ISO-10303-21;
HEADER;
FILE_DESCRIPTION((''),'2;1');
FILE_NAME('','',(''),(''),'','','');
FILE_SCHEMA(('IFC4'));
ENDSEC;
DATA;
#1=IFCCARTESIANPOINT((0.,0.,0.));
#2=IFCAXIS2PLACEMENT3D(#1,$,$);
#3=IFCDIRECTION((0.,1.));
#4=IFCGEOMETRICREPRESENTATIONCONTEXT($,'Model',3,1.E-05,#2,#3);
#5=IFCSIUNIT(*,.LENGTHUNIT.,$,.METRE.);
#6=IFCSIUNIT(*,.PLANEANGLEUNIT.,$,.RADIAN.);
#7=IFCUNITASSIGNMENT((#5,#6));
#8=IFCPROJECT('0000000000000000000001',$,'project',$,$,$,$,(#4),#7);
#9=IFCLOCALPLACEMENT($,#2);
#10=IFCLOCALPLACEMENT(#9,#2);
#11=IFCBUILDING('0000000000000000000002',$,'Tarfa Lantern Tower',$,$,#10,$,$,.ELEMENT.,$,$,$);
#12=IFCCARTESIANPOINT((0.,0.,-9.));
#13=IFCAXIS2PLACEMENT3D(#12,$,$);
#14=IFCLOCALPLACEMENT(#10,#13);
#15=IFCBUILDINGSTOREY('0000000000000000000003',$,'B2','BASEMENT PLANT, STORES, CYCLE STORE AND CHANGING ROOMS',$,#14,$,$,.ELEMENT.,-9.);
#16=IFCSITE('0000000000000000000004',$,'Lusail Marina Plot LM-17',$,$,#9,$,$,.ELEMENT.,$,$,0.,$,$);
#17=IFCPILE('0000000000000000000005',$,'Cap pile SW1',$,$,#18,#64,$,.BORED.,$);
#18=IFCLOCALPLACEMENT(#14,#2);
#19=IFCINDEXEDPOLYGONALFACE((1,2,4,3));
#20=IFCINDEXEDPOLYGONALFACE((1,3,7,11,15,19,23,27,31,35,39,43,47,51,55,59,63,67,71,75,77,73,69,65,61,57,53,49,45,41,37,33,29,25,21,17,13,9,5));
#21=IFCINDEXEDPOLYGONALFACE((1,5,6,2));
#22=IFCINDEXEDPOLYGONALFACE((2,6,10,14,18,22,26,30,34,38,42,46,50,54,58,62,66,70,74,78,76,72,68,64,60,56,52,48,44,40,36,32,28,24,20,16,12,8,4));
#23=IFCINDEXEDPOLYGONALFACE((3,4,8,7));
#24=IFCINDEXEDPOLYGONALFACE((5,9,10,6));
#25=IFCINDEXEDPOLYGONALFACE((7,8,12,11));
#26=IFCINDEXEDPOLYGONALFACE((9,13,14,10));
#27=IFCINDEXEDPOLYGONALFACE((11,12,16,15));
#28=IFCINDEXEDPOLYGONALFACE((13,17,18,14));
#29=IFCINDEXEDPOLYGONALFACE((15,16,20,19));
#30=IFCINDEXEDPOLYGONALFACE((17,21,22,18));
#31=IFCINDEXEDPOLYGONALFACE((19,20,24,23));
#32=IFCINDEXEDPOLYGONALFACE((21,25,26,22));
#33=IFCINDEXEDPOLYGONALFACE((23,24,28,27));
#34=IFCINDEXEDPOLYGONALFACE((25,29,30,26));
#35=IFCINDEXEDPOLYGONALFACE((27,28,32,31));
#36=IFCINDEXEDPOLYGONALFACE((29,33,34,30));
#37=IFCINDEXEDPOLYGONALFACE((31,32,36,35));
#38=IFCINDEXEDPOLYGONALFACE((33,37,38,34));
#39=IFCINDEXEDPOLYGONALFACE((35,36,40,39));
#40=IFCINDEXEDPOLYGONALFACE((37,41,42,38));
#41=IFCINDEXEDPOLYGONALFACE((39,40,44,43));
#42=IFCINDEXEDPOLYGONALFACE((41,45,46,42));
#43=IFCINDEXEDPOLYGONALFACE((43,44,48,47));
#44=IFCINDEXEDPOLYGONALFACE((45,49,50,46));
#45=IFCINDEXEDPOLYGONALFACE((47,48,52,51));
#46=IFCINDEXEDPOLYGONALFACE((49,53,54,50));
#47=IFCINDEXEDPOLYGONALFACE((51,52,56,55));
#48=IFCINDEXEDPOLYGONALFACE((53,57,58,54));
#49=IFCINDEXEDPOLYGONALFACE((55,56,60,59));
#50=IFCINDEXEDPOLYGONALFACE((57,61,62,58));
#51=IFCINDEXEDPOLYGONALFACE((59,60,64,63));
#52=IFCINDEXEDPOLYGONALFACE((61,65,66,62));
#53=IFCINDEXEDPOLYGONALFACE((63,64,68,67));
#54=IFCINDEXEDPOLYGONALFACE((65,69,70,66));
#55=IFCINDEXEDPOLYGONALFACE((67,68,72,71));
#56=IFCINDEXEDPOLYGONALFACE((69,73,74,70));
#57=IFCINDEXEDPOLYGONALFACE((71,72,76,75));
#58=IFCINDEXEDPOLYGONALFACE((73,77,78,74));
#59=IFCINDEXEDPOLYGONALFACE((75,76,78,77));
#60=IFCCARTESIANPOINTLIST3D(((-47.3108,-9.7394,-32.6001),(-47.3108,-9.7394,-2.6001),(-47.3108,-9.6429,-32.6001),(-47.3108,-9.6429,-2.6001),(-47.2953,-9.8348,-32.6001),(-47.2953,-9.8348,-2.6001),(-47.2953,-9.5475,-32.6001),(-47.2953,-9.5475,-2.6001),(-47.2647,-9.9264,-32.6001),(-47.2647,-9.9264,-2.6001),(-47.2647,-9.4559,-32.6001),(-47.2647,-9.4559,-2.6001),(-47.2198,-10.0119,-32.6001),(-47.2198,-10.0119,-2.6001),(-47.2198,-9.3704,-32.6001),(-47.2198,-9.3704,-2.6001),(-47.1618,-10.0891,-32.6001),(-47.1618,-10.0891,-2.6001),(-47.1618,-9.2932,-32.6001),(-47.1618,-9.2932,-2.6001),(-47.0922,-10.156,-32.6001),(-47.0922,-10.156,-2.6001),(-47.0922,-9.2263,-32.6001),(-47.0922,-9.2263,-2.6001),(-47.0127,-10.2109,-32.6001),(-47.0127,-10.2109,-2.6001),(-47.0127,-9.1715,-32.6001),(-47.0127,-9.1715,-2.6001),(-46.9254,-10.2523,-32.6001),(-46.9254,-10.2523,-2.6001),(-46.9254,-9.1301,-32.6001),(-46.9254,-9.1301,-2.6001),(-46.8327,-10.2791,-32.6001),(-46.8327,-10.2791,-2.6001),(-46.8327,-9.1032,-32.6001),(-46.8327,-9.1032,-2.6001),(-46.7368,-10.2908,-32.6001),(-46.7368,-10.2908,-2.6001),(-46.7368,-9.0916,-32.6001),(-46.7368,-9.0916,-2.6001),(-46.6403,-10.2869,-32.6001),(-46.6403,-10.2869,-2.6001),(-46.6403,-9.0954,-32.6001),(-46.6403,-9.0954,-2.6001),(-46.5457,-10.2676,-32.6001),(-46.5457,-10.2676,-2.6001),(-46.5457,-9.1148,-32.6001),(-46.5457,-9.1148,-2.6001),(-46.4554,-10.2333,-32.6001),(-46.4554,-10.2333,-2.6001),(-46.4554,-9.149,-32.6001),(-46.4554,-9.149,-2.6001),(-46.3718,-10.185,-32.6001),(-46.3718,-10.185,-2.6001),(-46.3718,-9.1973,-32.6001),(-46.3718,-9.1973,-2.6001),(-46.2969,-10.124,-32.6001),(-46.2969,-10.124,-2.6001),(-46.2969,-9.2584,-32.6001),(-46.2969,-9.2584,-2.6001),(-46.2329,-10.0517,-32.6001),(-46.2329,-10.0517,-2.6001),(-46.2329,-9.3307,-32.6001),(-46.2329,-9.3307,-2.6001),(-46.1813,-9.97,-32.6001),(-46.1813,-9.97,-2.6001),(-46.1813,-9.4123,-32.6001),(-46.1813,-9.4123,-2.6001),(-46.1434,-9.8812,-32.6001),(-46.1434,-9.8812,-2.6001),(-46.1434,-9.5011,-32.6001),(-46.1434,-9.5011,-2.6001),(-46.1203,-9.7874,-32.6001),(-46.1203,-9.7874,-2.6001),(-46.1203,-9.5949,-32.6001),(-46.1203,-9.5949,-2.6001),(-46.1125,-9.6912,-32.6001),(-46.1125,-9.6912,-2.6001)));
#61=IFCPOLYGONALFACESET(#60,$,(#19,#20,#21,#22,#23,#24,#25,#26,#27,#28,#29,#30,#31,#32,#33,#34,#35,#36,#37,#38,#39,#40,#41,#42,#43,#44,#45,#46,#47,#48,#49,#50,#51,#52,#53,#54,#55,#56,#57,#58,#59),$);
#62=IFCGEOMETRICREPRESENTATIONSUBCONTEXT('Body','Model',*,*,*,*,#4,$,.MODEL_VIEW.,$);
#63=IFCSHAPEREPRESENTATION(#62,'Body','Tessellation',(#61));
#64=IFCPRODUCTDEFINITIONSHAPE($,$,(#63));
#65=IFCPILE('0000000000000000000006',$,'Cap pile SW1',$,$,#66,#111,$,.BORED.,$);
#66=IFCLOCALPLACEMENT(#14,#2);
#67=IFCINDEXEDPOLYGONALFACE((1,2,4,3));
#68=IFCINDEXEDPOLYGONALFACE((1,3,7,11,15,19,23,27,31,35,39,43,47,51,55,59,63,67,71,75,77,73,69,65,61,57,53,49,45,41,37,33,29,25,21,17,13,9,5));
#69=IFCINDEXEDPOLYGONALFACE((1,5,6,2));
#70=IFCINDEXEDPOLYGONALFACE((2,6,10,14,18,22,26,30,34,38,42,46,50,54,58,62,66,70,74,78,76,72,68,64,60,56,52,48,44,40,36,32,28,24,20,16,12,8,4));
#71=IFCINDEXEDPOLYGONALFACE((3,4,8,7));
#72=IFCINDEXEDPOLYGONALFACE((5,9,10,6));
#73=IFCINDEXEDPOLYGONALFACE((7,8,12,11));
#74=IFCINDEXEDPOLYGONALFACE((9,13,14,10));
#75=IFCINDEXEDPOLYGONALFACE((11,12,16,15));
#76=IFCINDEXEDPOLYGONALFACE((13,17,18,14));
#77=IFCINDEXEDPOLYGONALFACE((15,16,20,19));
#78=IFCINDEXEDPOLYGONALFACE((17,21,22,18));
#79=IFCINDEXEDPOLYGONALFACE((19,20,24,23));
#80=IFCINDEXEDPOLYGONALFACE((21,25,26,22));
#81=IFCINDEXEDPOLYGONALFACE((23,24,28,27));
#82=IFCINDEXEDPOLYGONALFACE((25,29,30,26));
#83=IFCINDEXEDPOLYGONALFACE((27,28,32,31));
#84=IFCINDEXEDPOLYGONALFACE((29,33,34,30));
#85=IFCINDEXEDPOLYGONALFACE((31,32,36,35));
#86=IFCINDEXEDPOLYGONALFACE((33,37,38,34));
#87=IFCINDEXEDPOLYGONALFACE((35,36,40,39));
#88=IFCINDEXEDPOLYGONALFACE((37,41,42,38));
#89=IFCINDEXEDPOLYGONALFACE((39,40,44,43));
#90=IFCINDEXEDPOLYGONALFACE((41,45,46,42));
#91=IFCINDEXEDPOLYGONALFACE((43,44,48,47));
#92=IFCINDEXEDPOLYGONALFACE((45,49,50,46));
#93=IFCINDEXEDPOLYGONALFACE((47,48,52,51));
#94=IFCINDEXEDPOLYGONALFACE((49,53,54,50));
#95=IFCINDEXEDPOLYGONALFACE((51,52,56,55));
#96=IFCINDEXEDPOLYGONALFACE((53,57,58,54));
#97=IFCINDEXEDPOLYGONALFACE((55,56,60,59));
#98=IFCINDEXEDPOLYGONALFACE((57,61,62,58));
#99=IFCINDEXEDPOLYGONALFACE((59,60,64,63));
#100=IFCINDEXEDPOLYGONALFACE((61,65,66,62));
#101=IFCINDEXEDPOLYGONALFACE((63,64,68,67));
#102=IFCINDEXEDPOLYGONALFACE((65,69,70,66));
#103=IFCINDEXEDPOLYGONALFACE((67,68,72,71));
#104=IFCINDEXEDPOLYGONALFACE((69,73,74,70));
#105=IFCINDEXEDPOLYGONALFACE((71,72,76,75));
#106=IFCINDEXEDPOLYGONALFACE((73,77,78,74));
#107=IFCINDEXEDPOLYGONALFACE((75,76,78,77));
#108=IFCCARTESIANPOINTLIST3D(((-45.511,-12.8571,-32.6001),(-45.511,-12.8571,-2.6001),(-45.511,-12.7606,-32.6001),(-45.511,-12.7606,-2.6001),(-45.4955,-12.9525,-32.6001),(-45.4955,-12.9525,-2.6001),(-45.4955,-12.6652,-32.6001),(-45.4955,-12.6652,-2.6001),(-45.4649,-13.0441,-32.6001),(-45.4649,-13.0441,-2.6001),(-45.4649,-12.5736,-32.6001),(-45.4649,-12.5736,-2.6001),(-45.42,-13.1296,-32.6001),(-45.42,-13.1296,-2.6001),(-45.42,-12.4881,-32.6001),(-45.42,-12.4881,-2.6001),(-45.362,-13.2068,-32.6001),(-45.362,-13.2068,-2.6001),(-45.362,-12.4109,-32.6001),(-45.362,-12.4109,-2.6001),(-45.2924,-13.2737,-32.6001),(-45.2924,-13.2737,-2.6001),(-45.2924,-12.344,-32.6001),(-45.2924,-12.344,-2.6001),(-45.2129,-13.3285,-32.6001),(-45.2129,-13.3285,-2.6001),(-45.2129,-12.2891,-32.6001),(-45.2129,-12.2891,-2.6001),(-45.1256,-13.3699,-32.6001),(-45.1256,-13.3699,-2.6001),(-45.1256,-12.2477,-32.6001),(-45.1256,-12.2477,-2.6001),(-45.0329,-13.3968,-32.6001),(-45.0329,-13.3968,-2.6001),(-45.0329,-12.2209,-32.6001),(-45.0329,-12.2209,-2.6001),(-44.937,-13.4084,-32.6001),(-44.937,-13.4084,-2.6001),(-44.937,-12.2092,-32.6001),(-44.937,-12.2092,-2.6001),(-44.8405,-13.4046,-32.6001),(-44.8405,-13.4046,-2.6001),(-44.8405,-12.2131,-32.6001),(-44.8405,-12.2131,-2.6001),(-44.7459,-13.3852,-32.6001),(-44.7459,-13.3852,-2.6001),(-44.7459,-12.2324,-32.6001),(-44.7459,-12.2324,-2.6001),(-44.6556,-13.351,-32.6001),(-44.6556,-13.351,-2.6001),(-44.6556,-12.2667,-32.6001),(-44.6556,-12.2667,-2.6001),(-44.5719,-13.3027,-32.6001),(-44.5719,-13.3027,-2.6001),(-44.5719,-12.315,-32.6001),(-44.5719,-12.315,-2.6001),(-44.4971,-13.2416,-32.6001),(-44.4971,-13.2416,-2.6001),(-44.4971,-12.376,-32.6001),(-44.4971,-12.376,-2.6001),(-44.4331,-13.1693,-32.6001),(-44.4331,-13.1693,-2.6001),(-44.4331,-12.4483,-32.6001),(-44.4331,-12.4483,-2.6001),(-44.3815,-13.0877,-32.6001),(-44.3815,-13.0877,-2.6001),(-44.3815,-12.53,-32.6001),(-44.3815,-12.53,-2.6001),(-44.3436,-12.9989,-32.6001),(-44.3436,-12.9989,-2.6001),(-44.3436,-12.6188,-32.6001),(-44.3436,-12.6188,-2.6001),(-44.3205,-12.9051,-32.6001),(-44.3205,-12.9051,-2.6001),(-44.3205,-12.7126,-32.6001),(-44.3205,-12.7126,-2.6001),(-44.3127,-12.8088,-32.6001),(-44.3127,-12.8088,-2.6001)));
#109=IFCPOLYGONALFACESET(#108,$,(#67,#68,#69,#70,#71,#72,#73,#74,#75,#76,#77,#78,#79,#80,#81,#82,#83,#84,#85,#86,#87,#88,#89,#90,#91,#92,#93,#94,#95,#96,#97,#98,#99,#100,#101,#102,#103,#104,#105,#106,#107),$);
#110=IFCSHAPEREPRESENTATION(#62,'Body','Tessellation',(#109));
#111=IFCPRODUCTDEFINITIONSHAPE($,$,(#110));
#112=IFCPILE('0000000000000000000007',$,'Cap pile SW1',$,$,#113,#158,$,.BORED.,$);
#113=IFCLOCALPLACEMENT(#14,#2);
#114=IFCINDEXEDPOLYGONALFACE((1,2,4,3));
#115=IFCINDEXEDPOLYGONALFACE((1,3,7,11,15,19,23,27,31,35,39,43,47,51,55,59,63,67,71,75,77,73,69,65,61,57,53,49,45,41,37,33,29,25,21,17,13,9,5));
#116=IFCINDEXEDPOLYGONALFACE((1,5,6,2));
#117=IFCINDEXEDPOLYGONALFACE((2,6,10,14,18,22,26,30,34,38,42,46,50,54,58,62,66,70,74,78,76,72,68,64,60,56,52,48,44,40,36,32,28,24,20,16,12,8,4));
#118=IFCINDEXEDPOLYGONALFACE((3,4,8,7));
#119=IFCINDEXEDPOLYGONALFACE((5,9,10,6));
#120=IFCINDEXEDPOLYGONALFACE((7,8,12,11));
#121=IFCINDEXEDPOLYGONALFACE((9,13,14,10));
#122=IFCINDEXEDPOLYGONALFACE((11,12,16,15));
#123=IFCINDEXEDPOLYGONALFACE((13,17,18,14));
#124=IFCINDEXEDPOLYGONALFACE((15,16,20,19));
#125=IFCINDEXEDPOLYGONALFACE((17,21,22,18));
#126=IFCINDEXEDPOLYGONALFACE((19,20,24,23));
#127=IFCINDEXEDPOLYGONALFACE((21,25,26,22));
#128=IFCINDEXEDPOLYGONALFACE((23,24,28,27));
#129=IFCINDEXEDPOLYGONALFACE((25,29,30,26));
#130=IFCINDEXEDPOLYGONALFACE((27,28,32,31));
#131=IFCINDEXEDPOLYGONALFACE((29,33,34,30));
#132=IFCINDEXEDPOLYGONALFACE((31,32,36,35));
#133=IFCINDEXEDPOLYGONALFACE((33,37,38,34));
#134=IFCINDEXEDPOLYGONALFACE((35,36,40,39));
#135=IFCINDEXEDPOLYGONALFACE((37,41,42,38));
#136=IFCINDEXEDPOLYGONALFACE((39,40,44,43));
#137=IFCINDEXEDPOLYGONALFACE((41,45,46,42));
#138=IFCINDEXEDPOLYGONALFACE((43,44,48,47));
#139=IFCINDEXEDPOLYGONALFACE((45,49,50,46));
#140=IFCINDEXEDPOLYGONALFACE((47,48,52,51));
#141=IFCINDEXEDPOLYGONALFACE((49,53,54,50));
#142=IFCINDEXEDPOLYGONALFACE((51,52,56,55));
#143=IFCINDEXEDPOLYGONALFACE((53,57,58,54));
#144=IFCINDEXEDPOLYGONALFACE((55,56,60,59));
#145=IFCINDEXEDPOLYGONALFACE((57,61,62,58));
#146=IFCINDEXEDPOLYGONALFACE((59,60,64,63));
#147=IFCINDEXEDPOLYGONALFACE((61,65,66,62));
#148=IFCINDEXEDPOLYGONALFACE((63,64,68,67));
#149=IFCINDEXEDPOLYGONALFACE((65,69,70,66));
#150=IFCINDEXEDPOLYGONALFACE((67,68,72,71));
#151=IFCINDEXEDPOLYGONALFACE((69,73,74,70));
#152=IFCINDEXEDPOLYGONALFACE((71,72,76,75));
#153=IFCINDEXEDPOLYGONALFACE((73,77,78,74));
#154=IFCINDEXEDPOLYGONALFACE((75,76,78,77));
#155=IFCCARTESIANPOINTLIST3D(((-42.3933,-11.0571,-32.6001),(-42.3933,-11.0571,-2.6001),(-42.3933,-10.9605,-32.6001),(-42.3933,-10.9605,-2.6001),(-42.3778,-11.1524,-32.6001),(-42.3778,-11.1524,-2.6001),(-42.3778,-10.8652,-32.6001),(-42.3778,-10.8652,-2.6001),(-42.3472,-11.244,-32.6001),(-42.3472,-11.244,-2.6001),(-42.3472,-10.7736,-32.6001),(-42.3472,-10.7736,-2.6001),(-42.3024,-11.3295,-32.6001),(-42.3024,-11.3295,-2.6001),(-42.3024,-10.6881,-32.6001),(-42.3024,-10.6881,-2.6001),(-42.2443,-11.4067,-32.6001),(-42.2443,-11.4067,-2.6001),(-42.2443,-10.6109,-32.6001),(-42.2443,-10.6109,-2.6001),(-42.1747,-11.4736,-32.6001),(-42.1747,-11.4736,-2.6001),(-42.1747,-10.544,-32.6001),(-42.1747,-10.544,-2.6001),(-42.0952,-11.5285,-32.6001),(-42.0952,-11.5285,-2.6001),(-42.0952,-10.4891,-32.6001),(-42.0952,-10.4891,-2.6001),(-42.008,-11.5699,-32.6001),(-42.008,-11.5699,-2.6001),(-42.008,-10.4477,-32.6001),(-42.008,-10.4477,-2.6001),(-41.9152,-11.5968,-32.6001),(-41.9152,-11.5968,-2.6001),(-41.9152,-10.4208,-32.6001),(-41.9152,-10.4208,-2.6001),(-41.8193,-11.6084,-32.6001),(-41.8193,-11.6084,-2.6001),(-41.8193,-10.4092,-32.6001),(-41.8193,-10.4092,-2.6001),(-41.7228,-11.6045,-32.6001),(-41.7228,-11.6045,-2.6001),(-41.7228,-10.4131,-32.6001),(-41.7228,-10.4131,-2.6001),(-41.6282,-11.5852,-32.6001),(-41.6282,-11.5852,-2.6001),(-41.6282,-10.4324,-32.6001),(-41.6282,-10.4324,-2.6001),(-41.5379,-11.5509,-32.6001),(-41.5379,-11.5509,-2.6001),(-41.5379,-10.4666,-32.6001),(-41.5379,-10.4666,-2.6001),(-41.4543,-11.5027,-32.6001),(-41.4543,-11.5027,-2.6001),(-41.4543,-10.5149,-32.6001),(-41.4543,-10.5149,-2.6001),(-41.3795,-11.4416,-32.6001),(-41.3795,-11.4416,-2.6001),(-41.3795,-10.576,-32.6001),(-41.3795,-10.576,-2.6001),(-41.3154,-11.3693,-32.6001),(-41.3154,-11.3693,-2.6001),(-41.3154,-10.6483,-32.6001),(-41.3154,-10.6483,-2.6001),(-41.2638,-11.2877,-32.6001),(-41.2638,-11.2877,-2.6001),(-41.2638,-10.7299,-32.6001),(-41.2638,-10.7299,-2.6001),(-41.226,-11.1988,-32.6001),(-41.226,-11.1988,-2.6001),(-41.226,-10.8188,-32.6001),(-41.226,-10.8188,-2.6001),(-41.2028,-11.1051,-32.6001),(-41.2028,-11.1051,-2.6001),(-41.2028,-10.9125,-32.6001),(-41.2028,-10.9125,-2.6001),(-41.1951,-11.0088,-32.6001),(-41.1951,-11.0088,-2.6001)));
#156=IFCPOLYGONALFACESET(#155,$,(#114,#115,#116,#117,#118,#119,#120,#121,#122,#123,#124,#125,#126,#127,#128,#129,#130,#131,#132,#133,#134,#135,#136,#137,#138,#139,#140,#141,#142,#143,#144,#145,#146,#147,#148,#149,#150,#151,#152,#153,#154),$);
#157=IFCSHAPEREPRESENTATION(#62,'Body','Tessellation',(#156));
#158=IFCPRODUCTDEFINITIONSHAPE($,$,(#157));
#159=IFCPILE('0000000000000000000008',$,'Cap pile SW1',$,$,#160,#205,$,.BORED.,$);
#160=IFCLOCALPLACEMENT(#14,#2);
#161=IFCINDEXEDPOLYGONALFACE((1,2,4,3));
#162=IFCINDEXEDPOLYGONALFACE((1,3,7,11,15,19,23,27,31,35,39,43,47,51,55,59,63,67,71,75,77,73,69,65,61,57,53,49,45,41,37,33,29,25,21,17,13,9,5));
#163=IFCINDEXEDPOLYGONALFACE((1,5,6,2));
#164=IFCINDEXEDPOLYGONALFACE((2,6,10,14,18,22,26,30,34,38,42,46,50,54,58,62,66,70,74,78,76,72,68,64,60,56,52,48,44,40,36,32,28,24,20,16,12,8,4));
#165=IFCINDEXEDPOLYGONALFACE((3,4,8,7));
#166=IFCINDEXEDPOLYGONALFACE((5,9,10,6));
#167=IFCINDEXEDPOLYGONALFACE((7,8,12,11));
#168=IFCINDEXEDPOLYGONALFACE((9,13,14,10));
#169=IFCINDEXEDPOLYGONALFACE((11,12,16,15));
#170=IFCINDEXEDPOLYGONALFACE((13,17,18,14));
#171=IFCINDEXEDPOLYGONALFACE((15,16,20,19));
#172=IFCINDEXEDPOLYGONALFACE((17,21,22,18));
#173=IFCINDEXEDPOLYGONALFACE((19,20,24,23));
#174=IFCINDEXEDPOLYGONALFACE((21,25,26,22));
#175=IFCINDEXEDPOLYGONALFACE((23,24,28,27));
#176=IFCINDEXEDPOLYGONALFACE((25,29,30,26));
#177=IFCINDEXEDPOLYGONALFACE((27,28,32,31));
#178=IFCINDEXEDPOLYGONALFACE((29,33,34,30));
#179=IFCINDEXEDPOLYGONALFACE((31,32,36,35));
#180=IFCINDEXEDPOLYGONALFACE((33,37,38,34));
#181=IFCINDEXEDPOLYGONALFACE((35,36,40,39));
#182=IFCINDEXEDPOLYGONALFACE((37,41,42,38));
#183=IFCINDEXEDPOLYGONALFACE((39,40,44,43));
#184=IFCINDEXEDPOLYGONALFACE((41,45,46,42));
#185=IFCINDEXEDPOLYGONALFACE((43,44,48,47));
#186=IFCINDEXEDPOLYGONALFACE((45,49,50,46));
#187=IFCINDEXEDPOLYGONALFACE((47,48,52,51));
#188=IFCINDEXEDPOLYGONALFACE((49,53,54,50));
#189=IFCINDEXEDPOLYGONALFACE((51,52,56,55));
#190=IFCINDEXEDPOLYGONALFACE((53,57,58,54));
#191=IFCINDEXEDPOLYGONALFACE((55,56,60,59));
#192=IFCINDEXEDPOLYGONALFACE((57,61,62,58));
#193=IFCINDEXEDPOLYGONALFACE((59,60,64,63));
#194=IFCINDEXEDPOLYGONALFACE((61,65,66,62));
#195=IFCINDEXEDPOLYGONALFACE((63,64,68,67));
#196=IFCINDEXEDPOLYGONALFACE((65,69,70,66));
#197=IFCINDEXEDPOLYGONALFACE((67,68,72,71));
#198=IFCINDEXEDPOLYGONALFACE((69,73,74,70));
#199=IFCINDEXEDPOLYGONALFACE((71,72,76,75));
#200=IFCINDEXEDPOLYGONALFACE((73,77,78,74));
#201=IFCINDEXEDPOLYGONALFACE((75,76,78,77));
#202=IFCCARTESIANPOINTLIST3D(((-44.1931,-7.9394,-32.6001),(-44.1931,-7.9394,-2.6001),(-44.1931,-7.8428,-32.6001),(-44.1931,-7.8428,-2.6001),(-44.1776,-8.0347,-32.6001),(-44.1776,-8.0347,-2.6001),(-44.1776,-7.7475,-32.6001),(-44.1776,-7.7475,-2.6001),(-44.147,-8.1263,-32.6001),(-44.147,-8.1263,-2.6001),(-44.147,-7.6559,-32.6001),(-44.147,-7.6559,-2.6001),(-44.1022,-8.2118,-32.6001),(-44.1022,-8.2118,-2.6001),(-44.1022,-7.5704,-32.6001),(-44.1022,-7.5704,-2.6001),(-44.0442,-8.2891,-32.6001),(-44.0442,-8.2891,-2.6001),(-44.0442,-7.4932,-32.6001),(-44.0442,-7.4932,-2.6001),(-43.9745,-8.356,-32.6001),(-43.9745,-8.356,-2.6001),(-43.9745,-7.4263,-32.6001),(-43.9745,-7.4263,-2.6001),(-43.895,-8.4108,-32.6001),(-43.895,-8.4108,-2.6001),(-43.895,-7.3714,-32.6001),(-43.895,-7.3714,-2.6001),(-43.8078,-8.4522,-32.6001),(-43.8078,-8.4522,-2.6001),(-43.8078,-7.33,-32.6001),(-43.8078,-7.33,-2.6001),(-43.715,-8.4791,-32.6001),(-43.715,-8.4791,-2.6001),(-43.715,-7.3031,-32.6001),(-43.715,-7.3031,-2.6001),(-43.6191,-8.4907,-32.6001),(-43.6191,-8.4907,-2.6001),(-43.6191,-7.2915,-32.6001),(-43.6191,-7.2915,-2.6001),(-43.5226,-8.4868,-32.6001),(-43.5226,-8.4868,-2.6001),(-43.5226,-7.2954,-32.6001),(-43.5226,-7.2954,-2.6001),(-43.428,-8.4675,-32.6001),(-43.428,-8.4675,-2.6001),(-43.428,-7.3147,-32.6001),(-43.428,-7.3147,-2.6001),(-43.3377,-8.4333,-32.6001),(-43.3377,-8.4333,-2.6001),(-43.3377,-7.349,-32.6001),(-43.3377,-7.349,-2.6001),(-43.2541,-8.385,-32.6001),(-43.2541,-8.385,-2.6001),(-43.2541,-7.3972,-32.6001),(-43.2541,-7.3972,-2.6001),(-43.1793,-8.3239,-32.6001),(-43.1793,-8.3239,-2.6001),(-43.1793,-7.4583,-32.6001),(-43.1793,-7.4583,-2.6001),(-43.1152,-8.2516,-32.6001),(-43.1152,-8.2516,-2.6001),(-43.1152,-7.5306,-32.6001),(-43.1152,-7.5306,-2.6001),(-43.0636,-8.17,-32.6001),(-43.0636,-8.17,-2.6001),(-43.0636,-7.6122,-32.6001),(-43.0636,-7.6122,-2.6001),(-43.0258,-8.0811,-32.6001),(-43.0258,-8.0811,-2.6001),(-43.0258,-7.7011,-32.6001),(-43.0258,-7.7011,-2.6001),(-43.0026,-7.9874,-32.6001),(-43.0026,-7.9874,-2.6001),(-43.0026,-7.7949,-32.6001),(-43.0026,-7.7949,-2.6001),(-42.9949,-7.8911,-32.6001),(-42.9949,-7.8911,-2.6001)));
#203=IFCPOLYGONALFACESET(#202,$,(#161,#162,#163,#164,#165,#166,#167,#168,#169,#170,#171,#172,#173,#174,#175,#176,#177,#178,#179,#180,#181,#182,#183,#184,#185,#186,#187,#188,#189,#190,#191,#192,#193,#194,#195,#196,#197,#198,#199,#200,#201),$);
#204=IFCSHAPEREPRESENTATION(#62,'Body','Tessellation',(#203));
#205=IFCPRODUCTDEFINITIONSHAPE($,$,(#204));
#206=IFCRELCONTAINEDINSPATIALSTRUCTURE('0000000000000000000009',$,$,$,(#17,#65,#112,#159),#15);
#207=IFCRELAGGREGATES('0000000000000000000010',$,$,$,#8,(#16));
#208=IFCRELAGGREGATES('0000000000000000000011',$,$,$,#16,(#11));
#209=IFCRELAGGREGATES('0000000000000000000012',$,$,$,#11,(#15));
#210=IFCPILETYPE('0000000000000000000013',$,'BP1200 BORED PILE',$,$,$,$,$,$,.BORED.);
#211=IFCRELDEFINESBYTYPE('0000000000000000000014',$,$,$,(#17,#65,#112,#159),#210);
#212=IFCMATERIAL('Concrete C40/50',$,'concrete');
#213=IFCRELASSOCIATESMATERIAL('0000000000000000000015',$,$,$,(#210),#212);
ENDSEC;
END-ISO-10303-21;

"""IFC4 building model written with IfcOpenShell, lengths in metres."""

from ifc_helpers import new_model, si_unit, direction, frame, origin, origin_2d, place, context, subcontext, project, spatial, circle, extrude, material, material_profile, profile_set, type_object, element, save


model = new_model("IFC4")

# Units and contexts
model_context = context("Model", 3, precision=1e-05, world=origin(), true_north=direction((0.0, 1.0)))
body_context = subcontext(model_context, "Body", "Model", "MODEL_VIEW")
ifc_project = project(units=[si_unit("LENGTHUNIT", "METRE"), si_unit("PLANEANGLEUNIT", "RADIAN")], contexts=[model_context])

# Site, building, storey
site_placement = place(None, origin())
site = spatial("IfcSite", under=ifc_project, at=site_placement, Name="Lusail Marina Plot LM-17", CompositionType="ELEMENT", RefElevation=0.0)
building_placement = place(site_placement, origin())
building = spatial("IfcBuilding", under=site, at=building_placement, Name="Tarfa Lantern Tower", CompositionType="ELEMENT")
storey_placement = place(building_placement, frame((0.0, 0.0, -9.0)))
storey = spatial("IfcBuildingStorey", under=building, at=storey_placement, Name="B2", Description="BASEMENT PLANT, STORES, CYCLE STORE AND CHANGING ROOMS", CompositionType="ELEMENT", Elevation=-9.0)

# Piles
ifc_material_1 = material(Name="Concrete C40/50", Category="concrete")
ifc_material_profile_1 = material_profile(ifc_material_1, circle(Radius=0.6001, at=origin_2d()), Name="BORED PILE D1200")
ifc_profile_set_1 = profile_set([ifc_material_profile_1], Name="Concrete C40/50")
pile_type_1 = type_object("IfcPileType", Name="BP1200 BORED PILE", PredefinedType="BORED", material=ifc_profile_set_1)
for number, where, z_axis, x_axis, name in (
    (1, (-46.7126, -9.6912, -2.6001), (0.0, 0.0, -1.0), (1.0, 0.0, 0.0), "Cap pile SW1"),
    (2, (-44.9128, -12.8088, -2.6001), (0.0, 0.0, -1.0), (1.0, 0.0, 0.0), "Cap pile SW1"),
    (3, (-41.7952, -11.0088, -2.6001), (0.0, 0.0, -1.0), (1.0, 0.0, 0.0), "Cap pile SW1"),
    (4, (-43.595, -7.8911, -2.6001), (0.0, 0.0, -1.0), (1.0, 0.0, 0.0), "Cap pile SW1"),
):
    element("IfcPile", number, at=place(storey_placement, frame(where, z_axis=z_axis, x_axis=x_axis)), inside=storey, type_object=pile_type_1, Name=name, PredefinedType="BORED", context=body_context, shape_type="SweptSolid", body=[
        extrude(circle(Radius=0.6001, at=origin_2d()), origin(), (0.0, 0.0, 1.0), 30.0),
    ])

save(model, "model.ifc")
